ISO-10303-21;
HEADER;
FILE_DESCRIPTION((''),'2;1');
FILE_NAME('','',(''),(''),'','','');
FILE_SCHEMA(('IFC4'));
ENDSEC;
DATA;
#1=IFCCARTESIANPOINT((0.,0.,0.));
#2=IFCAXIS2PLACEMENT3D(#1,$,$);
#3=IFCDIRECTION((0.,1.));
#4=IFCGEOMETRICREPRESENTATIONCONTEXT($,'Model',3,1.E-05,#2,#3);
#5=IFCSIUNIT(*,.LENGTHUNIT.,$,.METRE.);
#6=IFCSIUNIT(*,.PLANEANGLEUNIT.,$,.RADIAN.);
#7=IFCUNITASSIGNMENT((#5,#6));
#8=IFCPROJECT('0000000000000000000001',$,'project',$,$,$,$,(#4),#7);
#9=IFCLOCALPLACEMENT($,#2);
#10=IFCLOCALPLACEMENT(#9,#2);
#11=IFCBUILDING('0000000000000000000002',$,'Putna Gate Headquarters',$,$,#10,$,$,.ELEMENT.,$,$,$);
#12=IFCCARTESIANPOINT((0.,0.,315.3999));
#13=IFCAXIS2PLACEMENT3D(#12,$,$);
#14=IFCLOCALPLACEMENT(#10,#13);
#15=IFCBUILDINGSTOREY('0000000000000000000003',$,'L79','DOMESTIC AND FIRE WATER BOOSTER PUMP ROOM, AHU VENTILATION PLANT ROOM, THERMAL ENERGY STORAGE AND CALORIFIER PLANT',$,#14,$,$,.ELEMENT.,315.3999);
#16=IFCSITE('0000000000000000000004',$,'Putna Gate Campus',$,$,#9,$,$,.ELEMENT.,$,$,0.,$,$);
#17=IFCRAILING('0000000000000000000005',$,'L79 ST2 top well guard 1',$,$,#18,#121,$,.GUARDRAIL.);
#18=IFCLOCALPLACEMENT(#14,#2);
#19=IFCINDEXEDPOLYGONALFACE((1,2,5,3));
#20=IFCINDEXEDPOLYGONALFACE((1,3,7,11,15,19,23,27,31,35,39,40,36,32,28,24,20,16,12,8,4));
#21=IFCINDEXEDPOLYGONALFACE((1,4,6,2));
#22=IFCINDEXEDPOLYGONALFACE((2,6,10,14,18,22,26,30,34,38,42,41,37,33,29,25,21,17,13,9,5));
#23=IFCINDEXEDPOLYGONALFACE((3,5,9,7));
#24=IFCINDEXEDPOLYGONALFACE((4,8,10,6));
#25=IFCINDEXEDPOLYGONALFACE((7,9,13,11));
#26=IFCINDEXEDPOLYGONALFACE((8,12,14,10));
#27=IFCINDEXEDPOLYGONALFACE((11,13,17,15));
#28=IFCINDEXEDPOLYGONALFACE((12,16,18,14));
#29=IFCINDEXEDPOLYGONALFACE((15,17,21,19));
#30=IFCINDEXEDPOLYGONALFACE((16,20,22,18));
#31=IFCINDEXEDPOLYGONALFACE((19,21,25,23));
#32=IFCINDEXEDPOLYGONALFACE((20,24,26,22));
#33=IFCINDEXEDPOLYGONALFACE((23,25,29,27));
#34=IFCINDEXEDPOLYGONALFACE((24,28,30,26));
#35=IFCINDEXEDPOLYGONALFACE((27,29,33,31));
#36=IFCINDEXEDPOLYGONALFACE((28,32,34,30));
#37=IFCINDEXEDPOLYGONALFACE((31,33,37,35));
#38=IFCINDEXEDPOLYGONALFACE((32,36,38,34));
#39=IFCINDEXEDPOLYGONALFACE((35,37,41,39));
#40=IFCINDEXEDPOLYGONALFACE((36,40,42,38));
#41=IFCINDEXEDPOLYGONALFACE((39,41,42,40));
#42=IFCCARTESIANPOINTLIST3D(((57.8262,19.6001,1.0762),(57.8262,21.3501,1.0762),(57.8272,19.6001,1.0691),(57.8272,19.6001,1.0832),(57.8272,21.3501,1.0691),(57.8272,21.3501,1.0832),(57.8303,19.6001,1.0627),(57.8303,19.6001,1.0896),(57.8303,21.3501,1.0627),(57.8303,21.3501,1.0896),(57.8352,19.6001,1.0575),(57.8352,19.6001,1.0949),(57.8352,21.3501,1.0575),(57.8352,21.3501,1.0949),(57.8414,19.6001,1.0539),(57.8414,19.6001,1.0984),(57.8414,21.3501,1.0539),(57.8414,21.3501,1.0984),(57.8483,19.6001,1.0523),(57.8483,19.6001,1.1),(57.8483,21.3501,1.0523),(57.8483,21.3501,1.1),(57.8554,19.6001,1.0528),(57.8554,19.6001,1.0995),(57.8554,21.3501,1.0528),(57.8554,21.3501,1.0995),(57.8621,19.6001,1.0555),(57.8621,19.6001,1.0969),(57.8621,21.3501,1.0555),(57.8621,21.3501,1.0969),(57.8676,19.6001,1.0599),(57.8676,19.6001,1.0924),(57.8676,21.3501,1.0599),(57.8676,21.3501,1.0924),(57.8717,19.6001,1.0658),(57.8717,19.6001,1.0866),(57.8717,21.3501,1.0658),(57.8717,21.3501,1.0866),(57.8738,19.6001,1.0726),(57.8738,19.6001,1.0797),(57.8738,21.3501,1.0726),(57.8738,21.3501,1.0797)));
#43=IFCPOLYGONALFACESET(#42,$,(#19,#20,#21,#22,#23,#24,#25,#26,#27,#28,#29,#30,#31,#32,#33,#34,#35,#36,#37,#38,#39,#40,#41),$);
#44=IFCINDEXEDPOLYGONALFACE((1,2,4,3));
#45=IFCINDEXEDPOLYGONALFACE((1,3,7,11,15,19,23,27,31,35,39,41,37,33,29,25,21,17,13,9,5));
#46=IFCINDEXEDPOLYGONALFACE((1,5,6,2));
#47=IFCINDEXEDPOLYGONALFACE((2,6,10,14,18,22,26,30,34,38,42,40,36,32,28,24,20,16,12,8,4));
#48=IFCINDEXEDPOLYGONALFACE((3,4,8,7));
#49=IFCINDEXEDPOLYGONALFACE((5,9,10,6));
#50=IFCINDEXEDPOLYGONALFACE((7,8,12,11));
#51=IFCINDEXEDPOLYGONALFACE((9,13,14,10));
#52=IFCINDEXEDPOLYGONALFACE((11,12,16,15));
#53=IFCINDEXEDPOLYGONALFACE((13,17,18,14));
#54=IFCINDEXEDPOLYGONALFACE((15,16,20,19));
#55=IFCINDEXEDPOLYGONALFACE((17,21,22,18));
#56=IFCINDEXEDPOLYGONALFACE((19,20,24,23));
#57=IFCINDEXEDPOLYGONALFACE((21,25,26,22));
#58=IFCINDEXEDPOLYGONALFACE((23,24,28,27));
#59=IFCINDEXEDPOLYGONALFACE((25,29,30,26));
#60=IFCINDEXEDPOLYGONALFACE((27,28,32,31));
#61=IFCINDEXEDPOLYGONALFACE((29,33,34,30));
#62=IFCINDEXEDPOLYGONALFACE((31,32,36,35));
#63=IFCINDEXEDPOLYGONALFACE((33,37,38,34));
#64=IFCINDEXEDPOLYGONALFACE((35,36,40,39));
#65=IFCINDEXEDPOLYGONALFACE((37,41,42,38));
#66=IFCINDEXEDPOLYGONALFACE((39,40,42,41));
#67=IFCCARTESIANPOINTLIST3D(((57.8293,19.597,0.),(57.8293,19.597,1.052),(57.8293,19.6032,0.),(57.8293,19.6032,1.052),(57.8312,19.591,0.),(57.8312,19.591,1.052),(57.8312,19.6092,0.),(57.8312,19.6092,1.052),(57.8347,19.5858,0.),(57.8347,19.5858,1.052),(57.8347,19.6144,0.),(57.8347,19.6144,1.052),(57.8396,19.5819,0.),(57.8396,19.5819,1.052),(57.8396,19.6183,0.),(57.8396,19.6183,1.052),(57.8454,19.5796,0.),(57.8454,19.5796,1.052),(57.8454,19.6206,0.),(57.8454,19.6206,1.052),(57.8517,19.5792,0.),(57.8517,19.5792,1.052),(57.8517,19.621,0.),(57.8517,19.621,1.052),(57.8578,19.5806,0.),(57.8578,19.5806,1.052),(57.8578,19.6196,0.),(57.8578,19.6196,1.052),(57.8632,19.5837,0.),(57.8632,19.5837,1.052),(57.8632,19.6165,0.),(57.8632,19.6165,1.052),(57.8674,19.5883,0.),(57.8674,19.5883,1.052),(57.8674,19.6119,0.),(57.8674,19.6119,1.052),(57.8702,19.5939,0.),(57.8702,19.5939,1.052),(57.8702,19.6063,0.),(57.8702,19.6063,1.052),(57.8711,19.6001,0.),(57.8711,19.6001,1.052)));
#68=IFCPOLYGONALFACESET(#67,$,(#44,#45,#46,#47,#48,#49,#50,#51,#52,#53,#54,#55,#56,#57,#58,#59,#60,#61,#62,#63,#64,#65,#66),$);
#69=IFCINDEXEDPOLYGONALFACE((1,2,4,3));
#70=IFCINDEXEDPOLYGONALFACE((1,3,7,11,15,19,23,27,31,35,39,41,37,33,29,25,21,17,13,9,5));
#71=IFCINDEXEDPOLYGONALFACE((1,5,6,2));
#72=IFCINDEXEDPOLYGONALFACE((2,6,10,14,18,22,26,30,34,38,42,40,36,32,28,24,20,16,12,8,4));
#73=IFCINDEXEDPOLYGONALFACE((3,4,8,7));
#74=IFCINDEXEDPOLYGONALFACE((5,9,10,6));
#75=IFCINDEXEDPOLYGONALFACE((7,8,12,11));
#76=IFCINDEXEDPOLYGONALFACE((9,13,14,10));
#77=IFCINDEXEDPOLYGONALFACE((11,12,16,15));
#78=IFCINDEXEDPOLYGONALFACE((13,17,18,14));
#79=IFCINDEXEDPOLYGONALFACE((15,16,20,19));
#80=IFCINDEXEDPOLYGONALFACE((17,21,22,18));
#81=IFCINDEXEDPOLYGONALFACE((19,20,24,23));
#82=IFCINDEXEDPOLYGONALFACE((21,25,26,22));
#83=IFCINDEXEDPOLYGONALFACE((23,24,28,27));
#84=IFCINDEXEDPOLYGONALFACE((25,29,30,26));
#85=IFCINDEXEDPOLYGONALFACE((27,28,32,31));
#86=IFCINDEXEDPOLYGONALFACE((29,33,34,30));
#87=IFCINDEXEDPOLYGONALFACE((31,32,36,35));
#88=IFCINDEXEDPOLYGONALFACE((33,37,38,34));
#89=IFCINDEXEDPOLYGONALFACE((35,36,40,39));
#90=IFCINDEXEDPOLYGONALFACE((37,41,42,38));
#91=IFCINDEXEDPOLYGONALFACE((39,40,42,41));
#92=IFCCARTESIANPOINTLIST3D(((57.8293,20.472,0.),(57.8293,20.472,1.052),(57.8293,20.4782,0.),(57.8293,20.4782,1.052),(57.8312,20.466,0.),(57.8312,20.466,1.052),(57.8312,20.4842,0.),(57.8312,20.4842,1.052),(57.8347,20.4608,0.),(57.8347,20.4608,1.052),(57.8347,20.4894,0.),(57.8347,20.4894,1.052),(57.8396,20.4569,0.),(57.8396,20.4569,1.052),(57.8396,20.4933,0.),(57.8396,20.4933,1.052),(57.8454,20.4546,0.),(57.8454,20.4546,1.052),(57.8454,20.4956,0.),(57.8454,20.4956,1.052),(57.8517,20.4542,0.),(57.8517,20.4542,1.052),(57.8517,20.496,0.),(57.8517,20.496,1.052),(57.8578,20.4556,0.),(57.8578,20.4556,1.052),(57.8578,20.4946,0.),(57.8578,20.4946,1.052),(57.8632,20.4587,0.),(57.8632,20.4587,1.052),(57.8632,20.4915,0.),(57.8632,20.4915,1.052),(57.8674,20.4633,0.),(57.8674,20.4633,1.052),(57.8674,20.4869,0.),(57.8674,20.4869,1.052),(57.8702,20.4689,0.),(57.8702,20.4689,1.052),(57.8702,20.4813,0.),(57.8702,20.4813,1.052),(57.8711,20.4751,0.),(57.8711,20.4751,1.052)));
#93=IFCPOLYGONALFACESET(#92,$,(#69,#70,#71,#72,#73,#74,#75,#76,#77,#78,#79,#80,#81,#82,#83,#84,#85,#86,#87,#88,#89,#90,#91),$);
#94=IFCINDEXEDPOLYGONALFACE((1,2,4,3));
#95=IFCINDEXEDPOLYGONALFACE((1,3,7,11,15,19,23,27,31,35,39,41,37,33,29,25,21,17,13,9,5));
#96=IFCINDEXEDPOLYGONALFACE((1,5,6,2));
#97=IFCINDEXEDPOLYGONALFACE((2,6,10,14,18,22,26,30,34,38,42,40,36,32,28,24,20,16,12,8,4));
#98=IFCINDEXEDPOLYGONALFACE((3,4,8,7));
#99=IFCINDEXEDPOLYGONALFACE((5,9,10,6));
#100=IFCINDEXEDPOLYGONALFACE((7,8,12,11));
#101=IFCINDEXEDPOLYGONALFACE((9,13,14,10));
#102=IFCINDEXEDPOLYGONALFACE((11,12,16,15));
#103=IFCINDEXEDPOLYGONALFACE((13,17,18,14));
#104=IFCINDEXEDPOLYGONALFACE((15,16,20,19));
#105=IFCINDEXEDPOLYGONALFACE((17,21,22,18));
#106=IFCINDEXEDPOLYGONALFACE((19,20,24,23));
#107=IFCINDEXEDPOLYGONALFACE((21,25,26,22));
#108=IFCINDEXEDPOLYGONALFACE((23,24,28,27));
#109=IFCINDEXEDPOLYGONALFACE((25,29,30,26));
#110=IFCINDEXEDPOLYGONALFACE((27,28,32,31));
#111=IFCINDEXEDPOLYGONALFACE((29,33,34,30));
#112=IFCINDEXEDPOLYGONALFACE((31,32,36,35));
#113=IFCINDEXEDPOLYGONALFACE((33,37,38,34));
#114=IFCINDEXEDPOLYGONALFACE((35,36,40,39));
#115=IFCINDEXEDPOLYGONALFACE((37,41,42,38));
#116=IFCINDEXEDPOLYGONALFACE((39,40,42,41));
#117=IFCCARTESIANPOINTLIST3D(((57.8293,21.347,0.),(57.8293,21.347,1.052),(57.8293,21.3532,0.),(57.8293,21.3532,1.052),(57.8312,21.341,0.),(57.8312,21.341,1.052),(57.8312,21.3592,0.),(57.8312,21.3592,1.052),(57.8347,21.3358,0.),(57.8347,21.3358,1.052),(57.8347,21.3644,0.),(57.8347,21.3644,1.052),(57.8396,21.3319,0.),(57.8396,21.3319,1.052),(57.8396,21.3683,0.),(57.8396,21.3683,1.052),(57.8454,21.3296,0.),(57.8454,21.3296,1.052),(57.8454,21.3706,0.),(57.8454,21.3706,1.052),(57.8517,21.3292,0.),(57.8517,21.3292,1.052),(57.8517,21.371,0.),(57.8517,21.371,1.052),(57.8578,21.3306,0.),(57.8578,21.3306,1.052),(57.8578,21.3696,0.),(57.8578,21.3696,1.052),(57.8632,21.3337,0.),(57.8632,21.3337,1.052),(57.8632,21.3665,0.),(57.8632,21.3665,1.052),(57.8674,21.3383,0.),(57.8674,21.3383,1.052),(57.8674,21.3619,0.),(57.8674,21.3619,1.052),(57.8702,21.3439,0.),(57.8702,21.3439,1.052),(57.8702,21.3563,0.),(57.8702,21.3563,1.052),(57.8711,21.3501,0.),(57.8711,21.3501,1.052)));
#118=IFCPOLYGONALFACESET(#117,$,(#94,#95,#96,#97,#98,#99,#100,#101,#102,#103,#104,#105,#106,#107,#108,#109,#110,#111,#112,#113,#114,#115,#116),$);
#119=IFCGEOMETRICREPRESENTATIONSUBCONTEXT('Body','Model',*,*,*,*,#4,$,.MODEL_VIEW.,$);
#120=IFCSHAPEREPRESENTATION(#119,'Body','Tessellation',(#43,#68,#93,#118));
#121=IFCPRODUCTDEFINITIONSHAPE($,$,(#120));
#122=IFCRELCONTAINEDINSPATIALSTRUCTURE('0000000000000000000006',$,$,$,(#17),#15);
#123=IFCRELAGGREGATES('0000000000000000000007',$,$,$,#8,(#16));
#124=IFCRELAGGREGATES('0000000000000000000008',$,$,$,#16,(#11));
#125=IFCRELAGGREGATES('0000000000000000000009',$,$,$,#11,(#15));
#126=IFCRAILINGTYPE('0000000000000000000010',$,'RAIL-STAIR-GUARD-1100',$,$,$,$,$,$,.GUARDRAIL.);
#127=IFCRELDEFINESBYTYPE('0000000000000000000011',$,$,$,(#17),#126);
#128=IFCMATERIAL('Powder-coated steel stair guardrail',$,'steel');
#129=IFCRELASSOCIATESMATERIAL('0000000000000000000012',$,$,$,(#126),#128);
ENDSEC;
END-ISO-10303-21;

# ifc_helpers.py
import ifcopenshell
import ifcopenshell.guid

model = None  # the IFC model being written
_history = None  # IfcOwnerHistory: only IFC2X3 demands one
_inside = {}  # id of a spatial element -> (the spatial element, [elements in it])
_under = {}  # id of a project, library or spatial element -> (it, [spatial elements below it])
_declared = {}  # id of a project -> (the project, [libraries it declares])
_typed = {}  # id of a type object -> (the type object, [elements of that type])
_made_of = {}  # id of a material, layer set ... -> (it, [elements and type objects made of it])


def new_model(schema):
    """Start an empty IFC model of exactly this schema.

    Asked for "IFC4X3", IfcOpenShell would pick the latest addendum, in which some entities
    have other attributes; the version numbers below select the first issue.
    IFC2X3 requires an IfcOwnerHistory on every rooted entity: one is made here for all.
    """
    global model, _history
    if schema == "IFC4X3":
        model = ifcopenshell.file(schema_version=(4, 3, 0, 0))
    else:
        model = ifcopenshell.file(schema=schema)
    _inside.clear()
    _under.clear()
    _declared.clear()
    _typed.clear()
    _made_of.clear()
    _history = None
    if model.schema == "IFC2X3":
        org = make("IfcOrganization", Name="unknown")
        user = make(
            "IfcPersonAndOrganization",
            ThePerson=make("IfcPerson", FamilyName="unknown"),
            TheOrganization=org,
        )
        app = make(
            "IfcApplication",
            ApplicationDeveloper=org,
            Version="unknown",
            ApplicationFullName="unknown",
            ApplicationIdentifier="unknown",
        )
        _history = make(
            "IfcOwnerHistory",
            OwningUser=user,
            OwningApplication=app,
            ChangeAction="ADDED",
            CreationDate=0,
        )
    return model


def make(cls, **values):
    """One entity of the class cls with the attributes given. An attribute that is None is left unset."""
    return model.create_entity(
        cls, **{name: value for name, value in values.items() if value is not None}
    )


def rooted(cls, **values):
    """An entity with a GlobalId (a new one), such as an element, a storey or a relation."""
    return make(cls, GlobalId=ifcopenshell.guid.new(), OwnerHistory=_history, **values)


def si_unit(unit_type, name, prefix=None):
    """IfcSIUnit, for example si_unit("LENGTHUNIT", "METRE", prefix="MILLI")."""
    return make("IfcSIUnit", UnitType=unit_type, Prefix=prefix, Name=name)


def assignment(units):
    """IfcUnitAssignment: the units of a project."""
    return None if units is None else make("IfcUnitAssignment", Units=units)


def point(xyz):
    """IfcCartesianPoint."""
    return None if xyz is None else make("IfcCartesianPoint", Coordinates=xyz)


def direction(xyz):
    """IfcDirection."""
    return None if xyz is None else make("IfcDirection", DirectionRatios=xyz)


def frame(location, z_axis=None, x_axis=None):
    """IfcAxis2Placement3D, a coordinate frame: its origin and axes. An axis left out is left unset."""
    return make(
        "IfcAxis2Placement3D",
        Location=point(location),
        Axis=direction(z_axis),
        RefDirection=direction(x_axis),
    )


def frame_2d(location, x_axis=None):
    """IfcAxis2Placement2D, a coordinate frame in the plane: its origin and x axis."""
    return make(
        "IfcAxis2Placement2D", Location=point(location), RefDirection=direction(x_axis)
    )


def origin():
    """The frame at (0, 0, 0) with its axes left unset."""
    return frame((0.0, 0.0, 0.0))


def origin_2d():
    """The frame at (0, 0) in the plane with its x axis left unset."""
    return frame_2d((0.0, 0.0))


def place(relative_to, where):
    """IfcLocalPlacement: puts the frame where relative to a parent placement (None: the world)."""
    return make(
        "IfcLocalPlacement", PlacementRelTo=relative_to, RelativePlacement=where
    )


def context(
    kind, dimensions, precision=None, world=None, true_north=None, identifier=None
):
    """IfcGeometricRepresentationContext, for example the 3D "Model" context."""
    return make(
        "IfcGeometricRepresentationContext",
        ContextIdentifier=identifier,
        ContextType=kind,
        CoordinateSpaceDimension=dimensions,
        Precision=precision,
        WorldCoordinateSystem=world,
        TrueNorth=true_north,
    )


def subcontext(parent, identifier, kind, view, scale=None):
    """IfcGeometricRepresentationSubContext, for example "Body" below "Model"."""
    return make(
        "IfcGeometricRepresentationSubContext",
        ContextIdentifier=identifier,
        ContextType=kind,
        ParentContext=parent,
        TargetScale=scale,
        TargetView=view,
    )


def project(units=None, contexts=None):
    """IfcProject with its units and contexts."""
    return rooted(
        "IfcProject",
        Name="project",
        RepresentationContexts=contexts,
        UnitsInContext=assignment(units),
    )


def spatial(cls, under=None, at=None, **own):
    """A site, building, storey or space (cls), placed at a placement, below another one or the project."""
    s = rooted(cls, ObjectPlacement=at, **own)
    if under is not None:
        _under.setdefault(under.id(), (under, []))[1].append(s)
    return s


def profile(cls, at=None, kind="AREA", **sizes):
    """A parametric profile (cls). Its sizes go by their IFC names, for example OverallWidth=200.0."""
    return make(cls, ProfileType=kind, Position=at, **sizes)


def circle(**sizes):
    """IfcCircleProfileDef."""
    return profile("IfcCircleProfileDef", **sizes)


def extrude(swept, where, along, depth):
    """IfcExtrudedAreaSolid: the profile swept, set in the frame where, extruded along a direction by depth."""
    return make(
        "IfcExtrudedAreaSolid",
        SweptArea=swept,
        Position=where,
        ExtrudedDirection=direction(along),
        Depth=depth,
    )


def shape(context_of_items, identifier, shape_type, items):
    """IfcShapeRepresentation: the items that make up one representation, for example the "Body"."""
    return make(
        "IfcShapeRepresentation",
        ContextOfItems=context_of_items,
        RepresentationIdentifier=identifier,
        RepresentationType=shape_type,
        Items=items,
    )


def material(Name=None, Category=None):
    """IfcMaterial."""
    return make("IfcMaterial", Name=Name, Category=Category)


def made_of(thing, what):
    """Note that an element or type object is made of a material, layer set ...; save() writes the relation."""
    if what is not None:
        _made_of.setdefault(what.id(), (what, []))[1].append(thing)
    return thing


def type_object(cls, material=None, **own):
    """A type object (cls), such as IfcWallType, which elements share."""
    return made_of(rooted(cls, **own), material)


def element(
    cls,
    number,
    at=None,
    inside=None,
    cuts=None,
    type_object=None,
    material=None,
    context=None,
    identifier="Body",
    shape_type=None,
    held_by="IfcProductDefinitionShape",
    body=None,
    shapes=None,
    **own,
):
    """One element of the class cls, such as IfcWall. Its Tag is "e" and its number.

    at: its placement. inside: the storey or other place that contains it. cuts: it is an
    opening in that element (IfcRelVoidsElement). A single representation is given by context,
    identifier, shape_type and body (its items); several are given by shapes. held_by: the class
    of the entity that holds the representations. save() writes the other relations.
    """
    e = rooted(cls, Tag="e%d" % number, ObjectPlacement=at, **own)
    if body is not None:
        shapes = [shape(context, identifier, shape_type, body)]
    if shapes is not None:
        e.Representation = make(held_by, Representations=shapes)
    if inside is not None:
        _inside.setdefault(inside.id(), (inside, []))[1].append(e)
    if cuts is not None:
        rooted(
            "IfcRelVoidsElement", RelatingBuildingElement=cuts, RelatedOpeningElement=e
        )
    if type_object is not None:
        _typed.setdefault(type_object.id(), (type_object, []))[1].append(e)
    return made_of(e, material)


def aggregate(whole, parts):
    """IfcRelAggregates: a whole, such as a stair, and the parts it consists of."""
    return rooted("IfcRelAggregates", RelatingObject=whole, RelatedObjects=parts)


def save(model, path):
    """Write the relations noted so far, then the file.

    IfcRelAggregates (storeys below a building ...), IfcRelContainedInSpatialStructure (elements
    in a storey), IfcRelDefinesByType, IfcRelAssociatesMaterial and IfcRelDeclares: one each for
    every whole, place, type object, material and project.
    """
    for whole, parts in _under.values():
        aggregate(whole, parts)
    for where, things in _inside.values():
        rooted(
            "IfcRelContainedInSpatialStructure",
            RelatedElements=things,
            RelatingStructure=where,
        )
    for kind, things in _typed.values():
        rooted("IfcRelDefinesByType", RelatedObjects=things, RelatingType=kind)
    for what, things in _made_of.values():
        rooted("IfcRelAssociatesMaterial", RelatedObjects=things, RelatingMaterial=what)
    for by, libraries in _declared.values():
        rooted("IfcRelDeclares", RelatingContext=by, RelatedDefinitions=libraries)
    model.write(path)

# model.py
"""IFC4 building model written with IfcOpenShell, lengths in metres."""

from ifc_helpers import new_model, si_unit, direction, frame, origin, origin_2d, place, context, subcontext, project, spatial, circle, extrude, material, type_object, element, save


model = new_model("IFC4")

# Units and contexts
model_context = context("Model", 3, precision=1e-05, world=origin(), true_north=direction((0.0, 1.0)))
body_context = subcontext(model_context, "Body", "Model", "MODEL_VIEW")
ifc_project = project(units=[si_unit("LENGTHUNIT", "METRE"), si_unit("PLANEANGLEUNIT", "RADIAN")], contexts=[model_context])

# Site, building, storey
site_placement = place(None, origin())
site = spatial("IfcSite", under=ifc_project, at=site_placement, Name="Putna Gate Campus", CompositionType="ELEMENT", RefElevation=0.0)
building_placement = place(site_placement, origin())
building = spatial("IfcBuilding", under=site, at=building_placement, Name="Putna Gate Headquarters", CompositionType="ELEMENT")
storey_placement = place(building_placement, frame((0.0, 0.0, 315.3999)))
storey = spatial("IfcBuildingStorey", under=building, at=storey_placement, Name="L79", Description="DOMESTIC AND FIRE WATER BOOSTER PUMP ROOM, AHU VENTILATION PLANT ROOM, THERMAL ENERGY STORAGE AND CALORIFIER PLANT", CompositionType="ELEMENT", Elevation=315.3999)

# Railing
ifc_material_1 = material(Name="Powder-coated steel stair guardrail", Category="steel")
railing_type = type_object("IfcRailingType", Name="RAIL-STAIR-GUARD-1100", PredefinedType="GUARDRAIL", material=ifc_material_1)
railing_placement = place(storey_placement, frame((57.8501, 19.6001, 0.0)))
element("IfcRailing", 1, at=railing_placement, inside=storey, type_object=railing_type, Name="L79 ST2 top well guard 1", PredefinedType="GUARDRAIL", context=body_context, shape_type="SweptSolid", body=[
    extrude(circle(Radius=0.0239, at=origin_2d()), frame((0.0, 0.0, 1.0762), z_axis=(0.0, 1.0, 0.0), x_axis=(-1.0, 0.0, 0.0)), (0.0, 0.0, 1.0), 1.75),
    extrude(circle(Radius=0.021, at=origin_2d()), origin(), (0.0, 0.0, 1.0), 1.052),
    extrude(circle(Radius=0.021, at=origin_2d()), frame((0.0, 0.875, 0.0)), (0.0, 0.0, 1.0), 1.052),
    extrude(circle(Radius=0.021, at=origin_2d()), frame((0.0, 1.75, 0.0)), (0.0, 0.0, 1.0), 1.052),
])

save(model, "model.ifc")
